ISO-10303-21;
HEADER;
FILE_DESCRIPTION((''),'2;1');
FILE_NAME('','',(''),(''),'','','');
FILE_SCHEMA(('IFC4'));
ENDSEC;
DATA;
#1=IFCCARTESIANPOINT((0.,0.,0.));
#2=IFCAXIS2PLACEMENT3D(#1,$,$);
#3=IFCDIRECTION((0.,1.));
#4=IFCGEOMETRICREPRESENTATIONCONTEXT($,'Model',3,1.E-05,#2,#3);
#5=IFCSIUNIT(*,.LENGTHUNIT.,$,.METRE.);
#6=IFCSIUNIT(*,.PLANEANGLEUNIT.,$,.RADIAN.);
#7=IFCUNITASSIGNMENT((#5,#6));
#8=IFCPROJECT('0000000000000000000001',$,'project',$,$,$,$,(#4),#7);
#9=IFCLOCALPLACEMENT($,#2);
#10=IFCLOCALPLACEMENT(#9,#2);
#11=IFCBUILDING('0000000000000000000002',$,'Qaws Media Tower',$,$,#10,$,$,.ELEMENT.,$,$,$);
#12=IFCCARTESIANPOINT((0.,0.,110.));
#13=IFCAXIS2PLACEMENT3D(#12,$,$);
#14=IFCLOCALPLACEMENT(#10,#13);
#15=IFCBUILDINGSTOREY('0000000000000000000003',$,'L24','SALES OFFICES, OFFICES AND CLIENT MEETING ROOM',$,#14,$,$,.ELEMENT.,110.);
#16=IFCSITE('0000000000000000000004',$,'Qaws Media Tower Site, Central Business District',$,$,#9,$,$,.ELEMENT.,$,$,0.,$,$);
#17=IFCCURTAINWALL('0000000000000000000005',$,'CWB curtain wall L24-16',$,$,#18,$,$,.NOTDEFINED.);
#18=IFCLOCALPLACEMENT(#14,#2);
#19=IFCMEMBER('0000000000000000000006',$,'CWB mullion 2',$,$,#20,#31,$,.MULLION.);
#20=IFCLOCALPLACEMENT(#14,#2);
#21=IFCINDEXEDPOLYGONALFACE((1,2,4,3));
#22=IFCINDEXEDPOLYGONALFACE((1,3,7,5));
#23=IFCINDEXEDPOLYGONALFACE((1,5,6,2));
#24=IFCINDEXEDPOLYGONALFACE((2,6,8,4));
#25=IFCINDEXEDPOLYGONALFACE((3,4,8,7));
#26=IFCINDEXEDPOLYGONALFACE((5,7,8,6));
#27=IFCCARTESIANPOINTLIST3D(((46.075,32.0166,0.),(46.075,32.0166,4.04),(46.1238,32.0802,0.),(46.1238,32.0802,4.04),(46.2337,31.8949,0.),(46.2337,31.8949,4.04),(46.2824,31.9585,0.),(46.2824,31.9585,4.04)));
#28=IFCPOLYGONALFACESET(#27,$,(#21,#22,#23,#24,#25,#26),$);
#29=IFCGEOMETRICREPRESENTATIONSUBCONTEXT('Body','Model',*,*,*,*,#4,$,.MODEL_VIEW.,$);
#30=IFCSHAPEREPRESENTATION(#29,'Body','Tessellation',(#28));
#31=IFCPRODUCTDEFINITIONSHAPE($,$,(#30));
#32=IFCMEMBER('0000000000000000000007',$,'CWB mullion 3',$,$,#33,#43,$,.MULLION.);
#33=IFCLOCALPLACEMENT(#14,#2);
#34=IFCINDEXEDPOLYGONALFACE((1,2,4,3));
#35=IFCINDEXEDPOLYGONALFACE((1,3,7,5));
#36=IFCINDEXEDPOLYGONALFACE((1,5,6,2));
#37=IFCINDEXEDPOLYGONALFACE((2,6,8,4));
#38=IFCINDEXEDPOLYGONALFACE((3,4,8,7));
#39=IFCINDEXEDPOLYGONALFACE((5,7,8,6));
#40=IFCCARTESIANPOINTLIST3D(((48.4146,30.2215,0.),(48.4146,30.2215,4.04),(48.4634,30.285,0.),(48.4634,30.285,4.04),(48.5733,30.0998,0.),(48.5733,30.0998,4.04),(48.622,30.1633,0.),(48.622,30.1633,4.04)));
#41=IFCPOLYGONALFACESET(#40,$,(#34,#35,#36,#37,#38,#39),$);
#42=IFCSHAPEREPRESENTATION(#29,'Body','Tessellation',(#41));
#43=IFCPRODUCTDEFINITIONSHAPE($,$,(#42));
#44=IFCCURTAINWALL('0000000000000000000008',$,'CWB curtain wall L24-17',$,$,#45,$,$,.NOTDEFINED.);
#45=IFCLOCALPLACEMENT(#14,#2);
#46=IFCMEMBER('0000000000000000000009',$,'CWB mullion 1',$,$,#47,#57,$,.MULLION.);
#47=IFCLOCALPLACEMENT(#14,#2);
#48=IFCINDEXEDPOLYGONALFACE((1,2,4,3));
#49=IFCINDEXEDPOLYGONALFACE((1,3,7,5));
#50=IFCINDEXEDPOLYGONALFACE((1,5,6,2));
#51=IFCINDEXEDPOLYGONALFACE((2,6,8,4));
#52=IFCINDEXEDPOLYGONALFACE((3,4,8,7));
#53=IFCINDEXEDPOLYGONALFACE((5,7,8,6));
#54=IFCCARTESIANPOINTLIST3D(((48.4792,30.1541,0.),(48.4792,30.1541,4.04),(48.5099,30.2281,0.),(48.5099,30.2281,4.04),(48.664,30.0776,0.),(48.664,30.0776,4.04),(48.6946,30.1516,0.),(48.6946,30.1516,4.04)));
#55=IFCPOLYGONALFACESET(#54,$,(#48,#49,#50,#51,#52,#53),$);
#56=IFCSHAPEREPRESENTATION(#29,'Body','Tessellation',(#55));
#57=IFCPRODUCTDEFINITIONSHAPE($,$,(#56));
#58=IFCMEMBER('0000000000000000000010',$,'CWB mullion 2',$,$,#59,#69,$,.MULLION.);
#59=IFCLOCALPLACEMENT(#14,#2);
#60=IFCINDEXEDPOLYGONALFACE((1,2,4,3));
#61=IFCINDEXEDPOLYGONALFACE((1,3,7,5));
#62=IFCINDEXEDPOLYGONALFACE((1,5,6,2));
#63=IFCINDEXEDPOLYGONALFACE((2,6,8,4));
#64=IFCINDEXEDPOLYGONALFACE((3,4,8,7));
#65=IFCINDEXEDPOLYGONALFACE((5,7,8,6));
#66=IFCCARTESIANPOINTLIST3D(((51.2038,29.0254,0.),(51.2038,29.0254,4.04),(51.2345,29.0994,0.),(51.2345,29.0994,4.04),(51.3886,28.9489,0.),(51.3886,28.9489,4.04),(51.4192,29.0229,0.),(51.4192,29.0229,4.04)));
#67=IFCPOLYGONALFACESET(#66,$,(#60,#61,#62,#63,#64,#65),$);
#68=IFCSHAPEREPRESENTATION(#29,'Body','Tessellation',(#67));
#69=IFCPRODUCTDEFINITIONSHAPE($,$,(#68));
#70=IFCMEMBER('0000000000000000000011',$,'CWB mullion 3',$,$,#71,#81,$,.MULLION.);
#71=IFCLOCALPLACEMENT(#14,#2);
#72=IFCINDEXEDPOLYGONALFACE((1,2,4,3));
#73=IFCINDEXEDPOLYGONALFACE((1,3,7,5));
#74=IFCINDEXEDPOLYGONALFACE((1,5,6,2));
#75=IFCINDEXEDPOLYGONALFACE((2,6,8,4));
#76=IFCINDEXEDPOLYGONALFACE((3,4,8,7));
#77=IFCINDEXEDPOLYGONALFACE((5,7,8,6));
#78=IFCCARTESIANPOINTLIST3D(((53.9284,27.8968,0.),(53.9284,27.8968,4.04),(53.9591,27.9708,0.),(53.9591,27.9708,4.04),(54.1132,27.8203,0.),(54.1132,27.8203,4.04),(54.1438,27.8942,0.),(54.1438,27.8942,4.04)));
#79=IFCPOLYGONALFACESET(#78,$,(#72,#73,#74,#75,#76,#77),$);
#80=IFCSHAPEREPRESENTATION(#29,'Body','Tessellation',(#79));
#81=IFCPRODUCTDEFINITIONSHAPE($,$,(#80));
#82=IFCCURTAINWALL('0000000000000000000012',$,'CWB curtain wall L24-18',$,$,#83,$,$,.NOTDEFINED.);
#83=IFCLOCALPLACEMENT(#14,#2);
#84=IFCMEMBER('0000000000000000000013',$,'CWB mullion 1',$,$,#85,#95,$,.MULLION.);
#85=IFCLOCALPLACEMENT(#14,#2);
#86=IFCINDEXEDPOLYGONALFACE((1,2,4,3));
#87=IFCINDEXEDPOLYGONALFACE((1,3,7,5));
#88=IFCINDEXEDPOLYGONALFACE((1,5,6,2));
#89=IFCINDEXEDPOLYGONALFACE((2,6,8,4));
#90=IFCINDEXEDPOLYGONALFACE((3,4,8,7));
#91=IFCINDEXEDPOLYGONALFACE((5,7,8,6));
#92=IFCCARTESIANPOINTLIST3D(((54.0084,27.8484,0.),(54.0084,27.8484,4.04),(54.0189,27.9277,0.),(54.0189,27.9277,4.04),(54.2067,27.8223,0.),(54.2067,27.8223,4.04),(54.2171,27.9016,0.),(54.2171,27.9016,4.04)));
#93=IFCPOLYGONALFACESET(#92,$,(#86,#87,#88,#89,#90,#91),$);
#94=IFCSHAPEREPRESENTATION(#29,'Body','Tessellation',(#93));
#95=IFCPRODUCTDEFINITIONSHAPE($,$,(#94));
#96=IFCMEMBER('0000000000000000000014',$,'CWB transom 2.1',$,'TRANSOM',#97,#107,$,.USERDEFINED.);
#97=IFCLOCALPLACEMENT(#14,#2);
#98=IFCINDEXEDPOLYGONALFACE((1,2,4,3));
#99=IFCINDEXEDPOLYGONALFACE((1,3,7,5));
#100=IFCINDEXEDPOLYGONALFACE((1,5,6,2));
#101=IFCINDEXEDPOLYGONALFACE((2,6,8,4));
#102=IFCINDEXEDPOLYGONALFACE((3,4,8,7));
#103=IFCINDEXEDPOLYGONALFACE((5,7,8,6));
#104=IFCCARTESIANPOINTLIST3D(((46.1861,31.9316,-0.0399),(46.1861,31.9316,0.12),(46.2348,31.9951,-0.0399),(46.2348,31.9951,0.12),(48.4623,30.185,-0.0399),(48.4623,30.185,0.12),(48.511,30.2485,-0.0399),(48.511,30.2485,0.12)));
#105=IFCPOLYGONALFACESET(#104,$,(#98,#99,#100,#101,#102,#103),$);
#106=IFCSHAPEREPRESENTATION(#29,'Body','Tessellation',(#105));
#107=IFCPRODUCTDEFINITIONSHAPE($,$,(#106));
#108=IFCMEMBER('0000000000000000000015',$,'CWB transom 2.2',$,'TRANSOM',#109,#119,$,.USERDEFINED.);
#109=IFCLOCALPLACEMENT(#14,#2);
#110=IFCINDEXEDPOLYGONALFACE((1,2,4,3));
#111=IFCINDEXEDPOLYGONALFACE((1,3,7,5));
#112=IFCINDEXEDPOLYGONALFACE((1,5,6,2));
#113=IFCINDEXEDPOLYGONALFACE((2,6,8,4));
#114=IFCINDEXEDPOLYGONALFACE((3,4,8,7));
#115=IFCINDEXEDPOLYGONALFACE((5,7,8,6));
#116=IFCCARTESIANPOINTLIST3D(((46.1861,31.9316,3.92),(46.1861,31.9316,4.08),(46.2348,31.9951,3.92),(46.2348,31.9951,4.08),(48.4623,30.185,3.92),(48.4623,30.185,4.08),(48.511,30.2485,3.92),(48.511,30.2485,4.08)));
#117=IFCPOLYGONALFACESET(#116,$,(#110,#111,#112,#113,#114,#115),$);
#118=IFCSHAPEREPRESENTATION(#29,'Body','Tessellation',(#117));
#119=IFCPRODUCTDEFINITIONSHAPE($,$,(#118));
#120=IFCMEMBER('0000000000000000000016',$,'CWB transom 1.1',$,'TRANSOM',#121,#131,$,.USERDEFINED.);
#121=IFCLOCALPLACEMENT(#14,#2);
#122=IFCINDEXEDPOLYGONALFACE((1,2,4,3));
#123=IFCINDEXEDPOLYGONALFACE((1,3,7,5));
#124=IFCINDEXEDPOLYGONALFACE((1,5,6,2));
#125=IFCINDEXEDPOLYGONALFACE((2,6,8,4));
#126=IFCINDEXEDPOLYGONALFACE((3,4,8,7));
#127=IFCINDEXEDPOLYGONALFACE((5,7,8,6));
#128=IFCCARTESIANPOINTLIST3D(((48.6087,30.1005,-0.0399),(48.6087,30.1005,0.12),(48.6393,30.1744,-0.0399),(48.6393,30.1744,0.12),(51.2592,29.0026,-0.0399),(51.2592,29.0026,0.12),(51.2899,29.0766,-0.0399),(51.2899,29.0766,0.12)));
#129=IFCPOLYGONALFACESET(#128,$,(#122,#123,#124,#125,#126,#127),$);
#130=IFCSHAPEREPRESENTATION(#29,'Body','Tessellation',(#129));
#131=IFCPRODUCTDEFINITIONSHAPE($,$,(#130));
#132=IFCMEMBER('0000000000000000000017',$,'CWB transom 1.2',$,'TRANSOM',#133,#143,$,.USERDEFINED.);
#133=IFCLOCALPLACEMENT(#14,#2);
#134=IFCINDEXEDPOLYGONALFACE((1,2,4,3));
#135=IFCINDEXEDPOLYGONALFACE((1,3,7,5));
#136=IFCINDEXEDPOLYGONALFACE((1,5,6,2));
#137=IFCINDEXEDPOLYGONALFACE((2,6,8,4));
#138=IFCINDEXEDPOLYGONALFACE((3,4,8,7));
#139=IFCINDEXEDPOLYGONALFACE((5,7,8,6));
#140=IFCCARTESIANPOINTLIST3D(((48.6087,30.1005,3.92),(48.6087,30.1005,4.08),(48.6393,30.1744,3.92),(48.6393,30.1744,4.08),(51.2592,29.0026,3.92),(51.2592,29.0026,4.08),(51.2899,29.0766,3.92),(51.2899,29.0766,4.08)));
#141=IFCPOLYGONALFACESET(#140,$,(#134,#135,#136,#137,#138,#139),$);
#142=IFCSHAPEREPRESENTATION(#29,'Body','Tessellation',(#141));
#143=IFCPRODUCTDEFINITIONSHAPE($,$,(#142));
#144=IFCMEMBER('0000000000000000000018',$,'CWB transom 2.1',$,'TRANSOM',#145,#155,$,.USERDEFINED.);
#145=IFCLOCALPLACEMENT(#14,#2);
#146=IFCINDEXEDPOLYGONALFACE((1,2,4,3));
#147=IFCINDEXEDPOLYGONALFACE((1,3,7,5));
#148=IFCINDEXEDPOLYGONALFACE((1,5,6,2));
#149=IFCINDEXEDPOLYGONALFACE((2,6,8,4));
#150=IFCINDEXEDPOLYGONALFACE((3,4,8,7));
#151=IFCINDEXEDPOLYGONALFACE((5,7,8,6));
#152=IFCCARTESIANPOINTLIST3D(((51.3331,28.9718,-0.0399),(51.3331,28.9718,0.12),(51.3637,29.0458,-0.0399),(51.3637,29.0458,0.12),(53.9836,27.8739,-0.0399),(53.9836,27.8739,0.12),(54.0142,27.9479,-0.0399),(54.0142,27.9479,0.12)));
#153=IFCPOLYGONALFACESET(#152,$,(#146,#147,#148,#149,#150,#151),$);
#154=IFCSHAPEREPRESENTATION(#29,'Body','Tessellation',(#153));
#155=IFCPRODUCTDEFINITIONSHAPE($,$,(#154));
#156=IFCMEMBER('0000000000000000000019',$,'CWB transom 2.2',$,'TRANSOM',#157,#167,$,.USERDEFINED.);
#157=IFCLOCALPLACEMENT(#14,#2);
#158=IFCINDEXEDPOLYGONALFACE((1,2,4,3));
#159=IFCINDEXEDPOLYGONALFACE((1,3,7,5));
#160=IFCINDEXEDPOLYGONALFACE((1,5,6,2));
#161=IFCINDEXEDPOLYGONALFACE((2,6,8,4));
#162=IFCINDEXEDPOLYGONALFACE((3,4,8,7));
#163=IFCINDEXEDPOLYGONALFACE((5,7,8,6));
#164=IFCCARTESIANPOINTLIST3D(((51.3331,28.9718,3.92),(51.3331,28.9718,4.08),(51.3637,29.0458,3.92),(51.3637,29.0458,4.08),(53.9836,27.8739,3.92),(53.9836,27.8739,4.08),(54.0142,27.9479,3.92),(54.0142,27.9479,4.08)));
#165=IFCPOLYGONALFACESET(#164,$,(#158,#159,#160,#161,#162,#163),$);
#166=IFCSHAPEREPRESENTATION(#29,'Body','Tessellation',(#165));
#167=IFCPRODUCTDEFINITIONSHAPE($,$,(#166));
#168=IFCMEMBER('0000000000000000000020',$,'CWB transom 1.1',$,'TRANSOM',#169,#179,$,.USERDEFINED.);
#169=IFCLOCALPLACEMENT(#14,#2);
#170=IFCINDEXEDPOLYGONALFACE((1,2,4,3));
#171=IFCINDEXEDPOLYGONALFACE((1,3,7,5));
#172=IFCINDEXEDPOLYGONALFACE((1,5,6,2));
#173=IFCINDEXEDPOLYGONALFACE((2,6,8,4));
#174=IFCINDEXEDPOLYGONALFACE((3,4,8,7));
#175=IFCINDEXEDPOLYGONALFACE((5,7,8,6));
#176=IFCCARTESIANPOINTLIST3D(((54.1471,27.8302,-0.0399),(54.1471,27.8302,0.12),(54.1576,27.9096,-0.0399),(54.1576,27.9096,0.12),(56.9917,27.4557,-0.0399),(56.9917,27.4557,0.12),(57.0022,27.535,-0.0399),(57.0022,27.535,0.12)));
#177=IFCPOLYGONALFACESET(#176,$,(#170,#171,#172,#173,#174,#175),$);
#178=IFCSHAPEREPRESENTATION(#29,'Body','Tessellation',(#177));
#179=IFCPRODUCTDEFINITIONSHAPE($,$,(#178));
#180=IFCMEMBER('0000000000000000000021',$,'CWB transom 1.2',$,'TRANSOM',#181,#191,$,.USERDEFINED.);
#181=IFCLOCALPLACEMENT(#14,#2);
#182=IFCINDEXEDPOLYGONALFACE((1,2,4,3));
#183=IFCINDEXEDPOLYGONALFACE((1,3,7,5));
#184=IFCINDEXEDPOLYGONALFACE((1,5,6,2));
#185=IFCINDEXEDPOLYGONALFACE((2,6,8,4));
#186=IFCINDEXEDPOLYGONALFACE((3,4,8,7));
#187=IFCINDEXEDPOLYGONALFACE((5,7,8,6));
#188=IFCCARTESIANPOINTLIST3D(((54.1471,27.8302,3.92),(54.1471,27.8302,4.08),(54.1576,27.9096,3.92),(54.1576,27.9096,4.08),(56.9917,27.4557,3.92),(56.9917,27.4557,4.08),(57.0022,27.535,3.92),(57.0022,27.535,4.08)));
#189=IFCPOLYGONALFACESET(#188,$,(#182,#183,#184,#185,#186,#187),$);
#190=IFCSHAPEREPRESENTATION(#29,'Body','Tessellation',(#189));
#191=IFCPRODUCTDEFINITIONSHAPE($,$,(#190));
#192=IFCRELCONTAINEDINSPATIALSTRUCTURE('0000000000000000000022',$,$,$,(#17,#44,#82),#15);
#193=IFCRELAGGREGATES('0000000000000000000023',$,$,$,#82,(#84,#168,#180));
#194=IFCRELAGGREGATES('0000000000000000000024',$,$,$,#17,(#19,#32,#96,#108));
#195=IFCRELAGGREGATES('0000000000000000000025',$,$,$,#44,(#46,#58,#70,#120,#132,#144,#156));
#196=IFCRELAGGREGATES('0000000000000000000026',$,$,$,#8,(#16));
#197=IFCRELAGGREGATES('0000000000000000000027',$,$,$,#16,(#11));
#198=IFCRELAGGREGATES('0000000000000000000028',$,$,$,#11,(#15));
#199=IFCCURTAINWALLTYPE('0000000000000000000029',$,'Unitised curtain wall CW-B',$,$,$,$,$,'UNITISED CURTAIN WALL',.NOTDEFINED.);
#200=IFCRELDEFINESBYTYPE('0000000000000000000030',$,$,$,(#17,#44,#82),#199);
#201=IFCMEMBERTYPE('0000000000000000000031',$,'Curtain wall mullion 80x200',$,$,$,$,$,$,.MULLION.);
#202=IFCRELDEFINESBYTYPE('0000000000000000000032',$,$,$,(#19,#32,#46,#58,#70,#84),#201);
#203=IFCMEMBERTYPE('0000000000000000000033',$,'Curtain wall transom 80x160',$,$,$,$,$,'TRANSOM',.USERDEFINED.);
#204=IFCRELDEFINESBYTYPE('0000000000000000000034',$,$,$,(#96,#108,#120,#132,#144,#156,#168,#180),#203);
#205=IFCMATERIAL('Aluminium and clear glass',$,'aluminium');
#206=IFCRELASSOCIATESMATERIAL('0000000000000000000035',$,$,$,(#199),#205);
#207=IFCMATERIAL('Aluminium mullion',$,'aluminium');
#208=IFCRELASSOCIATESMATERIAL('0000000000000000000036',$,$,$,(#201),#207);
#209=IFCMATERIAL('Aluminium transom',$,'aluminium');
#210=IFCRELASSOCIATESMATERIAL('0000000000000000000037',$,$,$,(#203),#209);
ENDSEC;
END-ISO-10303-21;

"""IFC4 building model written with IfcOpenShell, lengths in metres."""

from ifc_helpers import new_model, si_unit, direction, frame, origin, origin_2d, place, context, subcontext, project, spatial, rectangle, extrude, material, material_profile, profile_set, type_object, element, aggregate, save


model = new_model("IFC4")

# Units and contexts
model_context = context("Model", 3, precision=1e-05, world=origin(), true_north=direction((0.0, 1.0)))
body_context = subcontext(model_context, "Body", "Model", "MODEL_VIEW")
ifc_project = project(units=[si_unit("LENGTHUNIT", "METRE"), si_unit("PLANEANGLEUNIT", "RADIAN")], contexts=[model_context])

# Site, building, storey
site_placement = place(None, origin())
site = spatial("IfcSite", under=ifc_project, at=site_placement, Name="Qaws Media Tower Site, Central Business District", CompositionType="ELEMENT", RefElevation=0.0)
building_placement = place(site_placement, origin())
building = spatial("IfcBuilding", under=site, at=building_placement, Name="Qaws Media Tower", CompositionType="ELEMENT")
storey_placement = place(building_placement, frame((0.0, 0.0, 110.0)))
storey = spatial("IfcBuildingStorey", under=building, at=storey_placement, Name="L24", Description="SALES OFFICES, OFFICES AND CLIENT MEETING ROOM", CompositionType="ELEMENT", Elevation=110.0)

# Curtain walls, members
ifc_material_1 = material(Name="Aluminium and clear glass", Category="aluminium")
curtain_wall_type = type_object("IfcCurtainWallType", Name="Unitised curtain wall CW-B", ElementType="UNITISED CURTAIN WALL", PredefinedType="NOTDEFINED", material=ifc_material_1)
curtain_wall_1_placement = place(storey_placement, origin())
curtain_wall_1 = element("IfcCurtainWall", 1, at=curtain_wall_1_placement, inside=storey, type_object=curtain_wall_type, Name="CWB curtain wall L24-16", PredefinedType="NOTDEFINED")
ifc_material_2 = material(Name="Aluminium mullion", Category="aluminium")
ifc_material_profile_1 = material_profile(ifc_material_2, rectangle(XDim=0.0801, YDim=0.2, at=origin_2d()), Name="80x200")
ifc_profile_set_1 = profile_set([ifc_material_profile_1], Name="Aluminium mullion")
member_type_1 = type_object("IfcMemberType", Name="Curtain wall mullion 80x200", PredefinedType="MULLION", material=ifc_profile_set_1)
member_1_placement = place(storey_placement, frame((46.1787, 31.9875, 0.0), z_axis=(0.0, 0.0, 1.0), x_axis=(0.608762, 0.793353, 0.0)))
member_1 = element("IfcMember", 2, at=member_1_placement, type_object=member_type_1, Name="CWB mullion 2", PredefinedType="MULLION", context=body_context, shape_type="SweptSolid", body=[
    extrude(rectangle(XDim=0.0801, YDim=0.2, at=origin_2d()), origin(), (0.0, 0.0, 1.0), 4.04),
])
member_2_placement = place(storey_placement, frame((48.5183, 30.1924, 0.0), z_axis=(0.0, 0.0, 1.0), x_axis=(0.608762, 0.793353, 0.0)))
member_2 = element("IfcMember", 3, at=member_2_placement, type_object=member_type_1, Name="CWB mullion 3", PredefinedType="MULLION", context=body_context, shape_type="SweptSolid", body=[
    extrude(rectangle(XDim=0.0801, YDim=0.2, at=origin_2d()), origin(), (0.0, 0.0, 1.0), 4.04),
])
curtain_wall_2_placement = place(storey_placement, origin())
curtain_wall_2 = element("IfcCurtainWall", 4, at=curtain_wall_2_placement, inside=storey, type_object=curtain_wall_type, Name="CWB curtain wall L24-17", PredefinedType="NOTDEFINED")
member_3_placement = place(storey_placement, frame((48.5869, 30.1528, 0.0), z_axis=(0.0, 0.0, 1.0), x_axis=(0.382683, 0.92388, 0.0)))
member_3 = element("IfcMember", 5, at=member_3_placement, type_object=member_type_1, Name="CWB mullion 1", PredefinedType="MULLION", context=body_context, shape_type="SweptSolid", body=[
    extrude(rectangle(XDim=0.0801, YDim=0.2, at=origin_2d()), origin(), (0.0, 0.0, 1.0), 4.04),
])
member_4_placement = place(storey_placement, frame((51.3115, 29.0242, 0.0), z_axis=(0.0, 0.0, 1.0), x_axis=(0.382683, 0.92388, 0.0)))
member_4 = element("IfcMember", 6, at=member_4_placement, type_object=member_type_1, Name="CWB mullion 2", PredefinedType="MULLION", context=body_context, shape_type="SweptSolid", body=[
    extrude(rectangle(XDim=0.0801, YDim=0.2, at=origin_2d()), origin(), (0.0, 0.0, 1.0), 4.04),
])
member_5_placement = place(storey_placement, frame((54.0361, 27.8955, 0.0), z_axis=(0.0, 0.0, 1.0), x_axis=(0.382683, 0.92388, 0.0)))
member_5 = element("IfcMember", 7, at=member_5_placement, type_object=member_type_1, Name="CWB mullion 3", PredefinedType="MULLION", context=body_context, shape_type="SweptSolid", body=[
    extrude(rectangle(XDim=0.0801, YDim=0.2, at=origin_2d()), origin(), (0.0, 0.0, 1.0), 4.04),
])

# Curtain wall, member
curtain_wall_3_placement = place(storey_placement, origin())
curtain_wall_3 = element("IfcCurtainWall", 8, at=curtain_wall_3_placement, inside=storey, type_object=curtain_wall_type, Name="CWB curtain wall L24-18", PredefinedType="NOTDEFINED")
member_6_placement = place(storey_placement, frame((54.1128, 27.875, 0.0), z_axis=(0.0, 0.0, 1.0), x_axis=(0.130526, 0.991445, 0.0)))
member_6 = element("IfcMember", 9, at=member_6_placement, type_object=member_type_1, Name="CWB mullion 1", PredefinedType="MULLION", context=body_context, shape_type="SweptSolid", body=[
    extrude(rectangle(XDim=0.0801, YDim=0.2, at=origin_2d()), origin(), (0.0, 0.0, 1.0), 4.04),
])

# Members
ifc_material_3 = material(Name="Aluminium transom", Category="aluminium")
ifc_material_profile_2 = material_profile(ifc_material_3, rectangle(XDim=0.0801, YDim=0.1599, at=origin_2d()), Name="80x160")
ifc_profile_set_2 = profile_set([ifc_material_profile_2], Name="Aluminium transom")
member_type_2 = type_object("IfcMemberType", Name="Curtain wall transom 80x160", ElementType="TRANSOM", PredefinedType="USERDEFINED", material=ifc_profile_set_2)
member_7_placement = place(storey_placement, frame((46.2104, 31.9634, 0.04), z_axis=(0.793345, -0.608773, 0.0), x_axis=(0.608773, 0.793345, 0.0)))
member_7 = element("IfcMember", 10, at=member_7_placement, type_object=member_type_2, Name="CWB transom 2.1", ObjectType="TRANSOM", PredefinedType="USERDEFINED", context=body_context, shape_type="SweptSolid", body=[
    extrude(rectangle(XDim=0.0801, YDim=0.1599, at=origin_2d()), origin(), (0.0, 0.0, 1.0), 2.8691),
])
member_8_placement = place(storey_placement, frame((46.2104, 31.9634, 4.0), z_axis=(0.793345, -0.608773, 0.0), x_axis=(0.608773, 0.793345, 0.0)))
member_8 = element("IfcMember", 11, at=member_8_placement, type_object=member_type_2, Name="CWB transom 2.2", ObjectType="TRANSOM", PredefinedType="USERDEFINED", context=body_context, shape_type="SweptSolid", body=[
    extrude(rectangle(XDim=0.0801, YDim=0.1599, at=origin_2d()), origin(), (0.0, 0.0, 1.0), 2.8691),
])
member_9_placement = place(storey_placement, frame((48.624, 30.1375, 0.04), z_axis=(0.923883, -0.382675, 0.0), x_axis=(0.382675, 0.923883, 0.0)))
member_9 = element("IfcMember", 12, at=member_9_placement, type_object=member_type_2, Name="CWB transom 1.1", ObjectType="TRANSOM", PredefinedType="USERDEFINED", context=body_context, shape_type="SweptSolid", body=[
    extrude(rectangle(XDim=0.0801, YDim=0.1599, at=origin_2d()), origin(), (0.0, 0.0, 1.0), 2.8689),
])
member_10_placement = place(storey_placement, frame((48.624, 30.1375, 4.0), z_axis=(0.923883, -0.382675, 0.0), x_axis=(0.382675, 0.923883, 0.0)))
member_10 = element("IfcMember", 13, at=member_10_placement, type_object=member_type_2, Name="CWB transom 1.2", ObjectType="TRANSOM", PredefinedType="USERDEFINED", context=body_context, shape_type="SweptSolid", body=[
    extrude(rectangle(XDim=0.0801, YDim=0.1599, at=origin_2d()), origin(), (0.0, 0.0, 1.0), 2.8689),
])
member_11_placement = place(storey_placement, frame((51.3484, 29.0088, 0.04), z_axis=(0.923883, -0.382675, 0.0), x_axis=(0.382675, 0.923883, 0.0)))
member_11 = element("IfcMember", 14, at=member_11_placement, type_object=member_type_2, Name="CWB transom 2.1", ObjectType="TRANSOM", PredefinedType="USERDEFINED", context=body_context, shape_type="SweptSolid", body=[
    extrude(rectangle(XDim=0.0801, YDim=0.1599, at=origin_2d()), origin(), (0.0, 0.0, 1.0), 2.8689),
])
member_12_placement = place(storey_placement, frame((51.3484, 29.0088, 4.0), z_axis=(0.923883, -0.382675, 0.0), x_axis=(0.382675, 0.923883, 0.0)))
member_12 = element("IfcMember", 15, at=member_12_placement, type_object=member_type_2, Name="CWB transom 2.2", ObjectType="TRANSOM", PredefinedType="USERDEFINED", context=body_context, shape_type="SweptSolid", body=[
    extrude(rectangle(XDim=0.0801, YDim=0.1599, at=origin_2d()), origin(), (0.0, 0.0, 1.0), 2.8689),
])
member_13_placement = place(storey_placement, frame((54.1523, 27.8699, 0.04), z_axis=(0.991444, -0.130536, 0.0), x_axis=(0.130536, 0.991444, 0.0)))
member_13 = element("IfcMember", 16, at=member_13_placement, type_object=member_type_2, Name="CWB transom 1.1", ObjectType="TRANSOM", PredefinedType="USERDEFINED", context=body_context, shape_type="SweptSolid", body=[
    extrude(rectangle(XDim=0.0801, YDim=0.1599, at=origin_2d()), origin(), (0.0, 0.0, 1.0), 2.8691),
])
member_14_placement = place(storey_placement, frame((54.1523, 27.8699, 4.0), z_axis=(0.991444, -0.130536, 0.0), x_axis=(0.130536, 0.991444, 0.0)))
member_14 = element("IfcMember", 17, at=member_14_placement, type_object=member_type_2, Name="CWB transom 1.2", ObjectType="TRANSOM", PredefinedType="USERDEFINED", context=body_context, shape_type="SweptSolid", body=[
    extrude(rectangle(XDim=0.0801, YDim=0.1599, at=origin_2d()), origin(), (0.0, 0.0, 1.0), 2.8691),
])
aggregate(curtain_wall_3, [member_6, member_13, member_14])

aggregate(curtain_wall_1, [member_1, member_2, member_7, member_8])
aggregate(curtain_wall_2, [member_3, member_4, member_5, member_9, member_10, member_11, member_12])

save(model, "model.ifc")
